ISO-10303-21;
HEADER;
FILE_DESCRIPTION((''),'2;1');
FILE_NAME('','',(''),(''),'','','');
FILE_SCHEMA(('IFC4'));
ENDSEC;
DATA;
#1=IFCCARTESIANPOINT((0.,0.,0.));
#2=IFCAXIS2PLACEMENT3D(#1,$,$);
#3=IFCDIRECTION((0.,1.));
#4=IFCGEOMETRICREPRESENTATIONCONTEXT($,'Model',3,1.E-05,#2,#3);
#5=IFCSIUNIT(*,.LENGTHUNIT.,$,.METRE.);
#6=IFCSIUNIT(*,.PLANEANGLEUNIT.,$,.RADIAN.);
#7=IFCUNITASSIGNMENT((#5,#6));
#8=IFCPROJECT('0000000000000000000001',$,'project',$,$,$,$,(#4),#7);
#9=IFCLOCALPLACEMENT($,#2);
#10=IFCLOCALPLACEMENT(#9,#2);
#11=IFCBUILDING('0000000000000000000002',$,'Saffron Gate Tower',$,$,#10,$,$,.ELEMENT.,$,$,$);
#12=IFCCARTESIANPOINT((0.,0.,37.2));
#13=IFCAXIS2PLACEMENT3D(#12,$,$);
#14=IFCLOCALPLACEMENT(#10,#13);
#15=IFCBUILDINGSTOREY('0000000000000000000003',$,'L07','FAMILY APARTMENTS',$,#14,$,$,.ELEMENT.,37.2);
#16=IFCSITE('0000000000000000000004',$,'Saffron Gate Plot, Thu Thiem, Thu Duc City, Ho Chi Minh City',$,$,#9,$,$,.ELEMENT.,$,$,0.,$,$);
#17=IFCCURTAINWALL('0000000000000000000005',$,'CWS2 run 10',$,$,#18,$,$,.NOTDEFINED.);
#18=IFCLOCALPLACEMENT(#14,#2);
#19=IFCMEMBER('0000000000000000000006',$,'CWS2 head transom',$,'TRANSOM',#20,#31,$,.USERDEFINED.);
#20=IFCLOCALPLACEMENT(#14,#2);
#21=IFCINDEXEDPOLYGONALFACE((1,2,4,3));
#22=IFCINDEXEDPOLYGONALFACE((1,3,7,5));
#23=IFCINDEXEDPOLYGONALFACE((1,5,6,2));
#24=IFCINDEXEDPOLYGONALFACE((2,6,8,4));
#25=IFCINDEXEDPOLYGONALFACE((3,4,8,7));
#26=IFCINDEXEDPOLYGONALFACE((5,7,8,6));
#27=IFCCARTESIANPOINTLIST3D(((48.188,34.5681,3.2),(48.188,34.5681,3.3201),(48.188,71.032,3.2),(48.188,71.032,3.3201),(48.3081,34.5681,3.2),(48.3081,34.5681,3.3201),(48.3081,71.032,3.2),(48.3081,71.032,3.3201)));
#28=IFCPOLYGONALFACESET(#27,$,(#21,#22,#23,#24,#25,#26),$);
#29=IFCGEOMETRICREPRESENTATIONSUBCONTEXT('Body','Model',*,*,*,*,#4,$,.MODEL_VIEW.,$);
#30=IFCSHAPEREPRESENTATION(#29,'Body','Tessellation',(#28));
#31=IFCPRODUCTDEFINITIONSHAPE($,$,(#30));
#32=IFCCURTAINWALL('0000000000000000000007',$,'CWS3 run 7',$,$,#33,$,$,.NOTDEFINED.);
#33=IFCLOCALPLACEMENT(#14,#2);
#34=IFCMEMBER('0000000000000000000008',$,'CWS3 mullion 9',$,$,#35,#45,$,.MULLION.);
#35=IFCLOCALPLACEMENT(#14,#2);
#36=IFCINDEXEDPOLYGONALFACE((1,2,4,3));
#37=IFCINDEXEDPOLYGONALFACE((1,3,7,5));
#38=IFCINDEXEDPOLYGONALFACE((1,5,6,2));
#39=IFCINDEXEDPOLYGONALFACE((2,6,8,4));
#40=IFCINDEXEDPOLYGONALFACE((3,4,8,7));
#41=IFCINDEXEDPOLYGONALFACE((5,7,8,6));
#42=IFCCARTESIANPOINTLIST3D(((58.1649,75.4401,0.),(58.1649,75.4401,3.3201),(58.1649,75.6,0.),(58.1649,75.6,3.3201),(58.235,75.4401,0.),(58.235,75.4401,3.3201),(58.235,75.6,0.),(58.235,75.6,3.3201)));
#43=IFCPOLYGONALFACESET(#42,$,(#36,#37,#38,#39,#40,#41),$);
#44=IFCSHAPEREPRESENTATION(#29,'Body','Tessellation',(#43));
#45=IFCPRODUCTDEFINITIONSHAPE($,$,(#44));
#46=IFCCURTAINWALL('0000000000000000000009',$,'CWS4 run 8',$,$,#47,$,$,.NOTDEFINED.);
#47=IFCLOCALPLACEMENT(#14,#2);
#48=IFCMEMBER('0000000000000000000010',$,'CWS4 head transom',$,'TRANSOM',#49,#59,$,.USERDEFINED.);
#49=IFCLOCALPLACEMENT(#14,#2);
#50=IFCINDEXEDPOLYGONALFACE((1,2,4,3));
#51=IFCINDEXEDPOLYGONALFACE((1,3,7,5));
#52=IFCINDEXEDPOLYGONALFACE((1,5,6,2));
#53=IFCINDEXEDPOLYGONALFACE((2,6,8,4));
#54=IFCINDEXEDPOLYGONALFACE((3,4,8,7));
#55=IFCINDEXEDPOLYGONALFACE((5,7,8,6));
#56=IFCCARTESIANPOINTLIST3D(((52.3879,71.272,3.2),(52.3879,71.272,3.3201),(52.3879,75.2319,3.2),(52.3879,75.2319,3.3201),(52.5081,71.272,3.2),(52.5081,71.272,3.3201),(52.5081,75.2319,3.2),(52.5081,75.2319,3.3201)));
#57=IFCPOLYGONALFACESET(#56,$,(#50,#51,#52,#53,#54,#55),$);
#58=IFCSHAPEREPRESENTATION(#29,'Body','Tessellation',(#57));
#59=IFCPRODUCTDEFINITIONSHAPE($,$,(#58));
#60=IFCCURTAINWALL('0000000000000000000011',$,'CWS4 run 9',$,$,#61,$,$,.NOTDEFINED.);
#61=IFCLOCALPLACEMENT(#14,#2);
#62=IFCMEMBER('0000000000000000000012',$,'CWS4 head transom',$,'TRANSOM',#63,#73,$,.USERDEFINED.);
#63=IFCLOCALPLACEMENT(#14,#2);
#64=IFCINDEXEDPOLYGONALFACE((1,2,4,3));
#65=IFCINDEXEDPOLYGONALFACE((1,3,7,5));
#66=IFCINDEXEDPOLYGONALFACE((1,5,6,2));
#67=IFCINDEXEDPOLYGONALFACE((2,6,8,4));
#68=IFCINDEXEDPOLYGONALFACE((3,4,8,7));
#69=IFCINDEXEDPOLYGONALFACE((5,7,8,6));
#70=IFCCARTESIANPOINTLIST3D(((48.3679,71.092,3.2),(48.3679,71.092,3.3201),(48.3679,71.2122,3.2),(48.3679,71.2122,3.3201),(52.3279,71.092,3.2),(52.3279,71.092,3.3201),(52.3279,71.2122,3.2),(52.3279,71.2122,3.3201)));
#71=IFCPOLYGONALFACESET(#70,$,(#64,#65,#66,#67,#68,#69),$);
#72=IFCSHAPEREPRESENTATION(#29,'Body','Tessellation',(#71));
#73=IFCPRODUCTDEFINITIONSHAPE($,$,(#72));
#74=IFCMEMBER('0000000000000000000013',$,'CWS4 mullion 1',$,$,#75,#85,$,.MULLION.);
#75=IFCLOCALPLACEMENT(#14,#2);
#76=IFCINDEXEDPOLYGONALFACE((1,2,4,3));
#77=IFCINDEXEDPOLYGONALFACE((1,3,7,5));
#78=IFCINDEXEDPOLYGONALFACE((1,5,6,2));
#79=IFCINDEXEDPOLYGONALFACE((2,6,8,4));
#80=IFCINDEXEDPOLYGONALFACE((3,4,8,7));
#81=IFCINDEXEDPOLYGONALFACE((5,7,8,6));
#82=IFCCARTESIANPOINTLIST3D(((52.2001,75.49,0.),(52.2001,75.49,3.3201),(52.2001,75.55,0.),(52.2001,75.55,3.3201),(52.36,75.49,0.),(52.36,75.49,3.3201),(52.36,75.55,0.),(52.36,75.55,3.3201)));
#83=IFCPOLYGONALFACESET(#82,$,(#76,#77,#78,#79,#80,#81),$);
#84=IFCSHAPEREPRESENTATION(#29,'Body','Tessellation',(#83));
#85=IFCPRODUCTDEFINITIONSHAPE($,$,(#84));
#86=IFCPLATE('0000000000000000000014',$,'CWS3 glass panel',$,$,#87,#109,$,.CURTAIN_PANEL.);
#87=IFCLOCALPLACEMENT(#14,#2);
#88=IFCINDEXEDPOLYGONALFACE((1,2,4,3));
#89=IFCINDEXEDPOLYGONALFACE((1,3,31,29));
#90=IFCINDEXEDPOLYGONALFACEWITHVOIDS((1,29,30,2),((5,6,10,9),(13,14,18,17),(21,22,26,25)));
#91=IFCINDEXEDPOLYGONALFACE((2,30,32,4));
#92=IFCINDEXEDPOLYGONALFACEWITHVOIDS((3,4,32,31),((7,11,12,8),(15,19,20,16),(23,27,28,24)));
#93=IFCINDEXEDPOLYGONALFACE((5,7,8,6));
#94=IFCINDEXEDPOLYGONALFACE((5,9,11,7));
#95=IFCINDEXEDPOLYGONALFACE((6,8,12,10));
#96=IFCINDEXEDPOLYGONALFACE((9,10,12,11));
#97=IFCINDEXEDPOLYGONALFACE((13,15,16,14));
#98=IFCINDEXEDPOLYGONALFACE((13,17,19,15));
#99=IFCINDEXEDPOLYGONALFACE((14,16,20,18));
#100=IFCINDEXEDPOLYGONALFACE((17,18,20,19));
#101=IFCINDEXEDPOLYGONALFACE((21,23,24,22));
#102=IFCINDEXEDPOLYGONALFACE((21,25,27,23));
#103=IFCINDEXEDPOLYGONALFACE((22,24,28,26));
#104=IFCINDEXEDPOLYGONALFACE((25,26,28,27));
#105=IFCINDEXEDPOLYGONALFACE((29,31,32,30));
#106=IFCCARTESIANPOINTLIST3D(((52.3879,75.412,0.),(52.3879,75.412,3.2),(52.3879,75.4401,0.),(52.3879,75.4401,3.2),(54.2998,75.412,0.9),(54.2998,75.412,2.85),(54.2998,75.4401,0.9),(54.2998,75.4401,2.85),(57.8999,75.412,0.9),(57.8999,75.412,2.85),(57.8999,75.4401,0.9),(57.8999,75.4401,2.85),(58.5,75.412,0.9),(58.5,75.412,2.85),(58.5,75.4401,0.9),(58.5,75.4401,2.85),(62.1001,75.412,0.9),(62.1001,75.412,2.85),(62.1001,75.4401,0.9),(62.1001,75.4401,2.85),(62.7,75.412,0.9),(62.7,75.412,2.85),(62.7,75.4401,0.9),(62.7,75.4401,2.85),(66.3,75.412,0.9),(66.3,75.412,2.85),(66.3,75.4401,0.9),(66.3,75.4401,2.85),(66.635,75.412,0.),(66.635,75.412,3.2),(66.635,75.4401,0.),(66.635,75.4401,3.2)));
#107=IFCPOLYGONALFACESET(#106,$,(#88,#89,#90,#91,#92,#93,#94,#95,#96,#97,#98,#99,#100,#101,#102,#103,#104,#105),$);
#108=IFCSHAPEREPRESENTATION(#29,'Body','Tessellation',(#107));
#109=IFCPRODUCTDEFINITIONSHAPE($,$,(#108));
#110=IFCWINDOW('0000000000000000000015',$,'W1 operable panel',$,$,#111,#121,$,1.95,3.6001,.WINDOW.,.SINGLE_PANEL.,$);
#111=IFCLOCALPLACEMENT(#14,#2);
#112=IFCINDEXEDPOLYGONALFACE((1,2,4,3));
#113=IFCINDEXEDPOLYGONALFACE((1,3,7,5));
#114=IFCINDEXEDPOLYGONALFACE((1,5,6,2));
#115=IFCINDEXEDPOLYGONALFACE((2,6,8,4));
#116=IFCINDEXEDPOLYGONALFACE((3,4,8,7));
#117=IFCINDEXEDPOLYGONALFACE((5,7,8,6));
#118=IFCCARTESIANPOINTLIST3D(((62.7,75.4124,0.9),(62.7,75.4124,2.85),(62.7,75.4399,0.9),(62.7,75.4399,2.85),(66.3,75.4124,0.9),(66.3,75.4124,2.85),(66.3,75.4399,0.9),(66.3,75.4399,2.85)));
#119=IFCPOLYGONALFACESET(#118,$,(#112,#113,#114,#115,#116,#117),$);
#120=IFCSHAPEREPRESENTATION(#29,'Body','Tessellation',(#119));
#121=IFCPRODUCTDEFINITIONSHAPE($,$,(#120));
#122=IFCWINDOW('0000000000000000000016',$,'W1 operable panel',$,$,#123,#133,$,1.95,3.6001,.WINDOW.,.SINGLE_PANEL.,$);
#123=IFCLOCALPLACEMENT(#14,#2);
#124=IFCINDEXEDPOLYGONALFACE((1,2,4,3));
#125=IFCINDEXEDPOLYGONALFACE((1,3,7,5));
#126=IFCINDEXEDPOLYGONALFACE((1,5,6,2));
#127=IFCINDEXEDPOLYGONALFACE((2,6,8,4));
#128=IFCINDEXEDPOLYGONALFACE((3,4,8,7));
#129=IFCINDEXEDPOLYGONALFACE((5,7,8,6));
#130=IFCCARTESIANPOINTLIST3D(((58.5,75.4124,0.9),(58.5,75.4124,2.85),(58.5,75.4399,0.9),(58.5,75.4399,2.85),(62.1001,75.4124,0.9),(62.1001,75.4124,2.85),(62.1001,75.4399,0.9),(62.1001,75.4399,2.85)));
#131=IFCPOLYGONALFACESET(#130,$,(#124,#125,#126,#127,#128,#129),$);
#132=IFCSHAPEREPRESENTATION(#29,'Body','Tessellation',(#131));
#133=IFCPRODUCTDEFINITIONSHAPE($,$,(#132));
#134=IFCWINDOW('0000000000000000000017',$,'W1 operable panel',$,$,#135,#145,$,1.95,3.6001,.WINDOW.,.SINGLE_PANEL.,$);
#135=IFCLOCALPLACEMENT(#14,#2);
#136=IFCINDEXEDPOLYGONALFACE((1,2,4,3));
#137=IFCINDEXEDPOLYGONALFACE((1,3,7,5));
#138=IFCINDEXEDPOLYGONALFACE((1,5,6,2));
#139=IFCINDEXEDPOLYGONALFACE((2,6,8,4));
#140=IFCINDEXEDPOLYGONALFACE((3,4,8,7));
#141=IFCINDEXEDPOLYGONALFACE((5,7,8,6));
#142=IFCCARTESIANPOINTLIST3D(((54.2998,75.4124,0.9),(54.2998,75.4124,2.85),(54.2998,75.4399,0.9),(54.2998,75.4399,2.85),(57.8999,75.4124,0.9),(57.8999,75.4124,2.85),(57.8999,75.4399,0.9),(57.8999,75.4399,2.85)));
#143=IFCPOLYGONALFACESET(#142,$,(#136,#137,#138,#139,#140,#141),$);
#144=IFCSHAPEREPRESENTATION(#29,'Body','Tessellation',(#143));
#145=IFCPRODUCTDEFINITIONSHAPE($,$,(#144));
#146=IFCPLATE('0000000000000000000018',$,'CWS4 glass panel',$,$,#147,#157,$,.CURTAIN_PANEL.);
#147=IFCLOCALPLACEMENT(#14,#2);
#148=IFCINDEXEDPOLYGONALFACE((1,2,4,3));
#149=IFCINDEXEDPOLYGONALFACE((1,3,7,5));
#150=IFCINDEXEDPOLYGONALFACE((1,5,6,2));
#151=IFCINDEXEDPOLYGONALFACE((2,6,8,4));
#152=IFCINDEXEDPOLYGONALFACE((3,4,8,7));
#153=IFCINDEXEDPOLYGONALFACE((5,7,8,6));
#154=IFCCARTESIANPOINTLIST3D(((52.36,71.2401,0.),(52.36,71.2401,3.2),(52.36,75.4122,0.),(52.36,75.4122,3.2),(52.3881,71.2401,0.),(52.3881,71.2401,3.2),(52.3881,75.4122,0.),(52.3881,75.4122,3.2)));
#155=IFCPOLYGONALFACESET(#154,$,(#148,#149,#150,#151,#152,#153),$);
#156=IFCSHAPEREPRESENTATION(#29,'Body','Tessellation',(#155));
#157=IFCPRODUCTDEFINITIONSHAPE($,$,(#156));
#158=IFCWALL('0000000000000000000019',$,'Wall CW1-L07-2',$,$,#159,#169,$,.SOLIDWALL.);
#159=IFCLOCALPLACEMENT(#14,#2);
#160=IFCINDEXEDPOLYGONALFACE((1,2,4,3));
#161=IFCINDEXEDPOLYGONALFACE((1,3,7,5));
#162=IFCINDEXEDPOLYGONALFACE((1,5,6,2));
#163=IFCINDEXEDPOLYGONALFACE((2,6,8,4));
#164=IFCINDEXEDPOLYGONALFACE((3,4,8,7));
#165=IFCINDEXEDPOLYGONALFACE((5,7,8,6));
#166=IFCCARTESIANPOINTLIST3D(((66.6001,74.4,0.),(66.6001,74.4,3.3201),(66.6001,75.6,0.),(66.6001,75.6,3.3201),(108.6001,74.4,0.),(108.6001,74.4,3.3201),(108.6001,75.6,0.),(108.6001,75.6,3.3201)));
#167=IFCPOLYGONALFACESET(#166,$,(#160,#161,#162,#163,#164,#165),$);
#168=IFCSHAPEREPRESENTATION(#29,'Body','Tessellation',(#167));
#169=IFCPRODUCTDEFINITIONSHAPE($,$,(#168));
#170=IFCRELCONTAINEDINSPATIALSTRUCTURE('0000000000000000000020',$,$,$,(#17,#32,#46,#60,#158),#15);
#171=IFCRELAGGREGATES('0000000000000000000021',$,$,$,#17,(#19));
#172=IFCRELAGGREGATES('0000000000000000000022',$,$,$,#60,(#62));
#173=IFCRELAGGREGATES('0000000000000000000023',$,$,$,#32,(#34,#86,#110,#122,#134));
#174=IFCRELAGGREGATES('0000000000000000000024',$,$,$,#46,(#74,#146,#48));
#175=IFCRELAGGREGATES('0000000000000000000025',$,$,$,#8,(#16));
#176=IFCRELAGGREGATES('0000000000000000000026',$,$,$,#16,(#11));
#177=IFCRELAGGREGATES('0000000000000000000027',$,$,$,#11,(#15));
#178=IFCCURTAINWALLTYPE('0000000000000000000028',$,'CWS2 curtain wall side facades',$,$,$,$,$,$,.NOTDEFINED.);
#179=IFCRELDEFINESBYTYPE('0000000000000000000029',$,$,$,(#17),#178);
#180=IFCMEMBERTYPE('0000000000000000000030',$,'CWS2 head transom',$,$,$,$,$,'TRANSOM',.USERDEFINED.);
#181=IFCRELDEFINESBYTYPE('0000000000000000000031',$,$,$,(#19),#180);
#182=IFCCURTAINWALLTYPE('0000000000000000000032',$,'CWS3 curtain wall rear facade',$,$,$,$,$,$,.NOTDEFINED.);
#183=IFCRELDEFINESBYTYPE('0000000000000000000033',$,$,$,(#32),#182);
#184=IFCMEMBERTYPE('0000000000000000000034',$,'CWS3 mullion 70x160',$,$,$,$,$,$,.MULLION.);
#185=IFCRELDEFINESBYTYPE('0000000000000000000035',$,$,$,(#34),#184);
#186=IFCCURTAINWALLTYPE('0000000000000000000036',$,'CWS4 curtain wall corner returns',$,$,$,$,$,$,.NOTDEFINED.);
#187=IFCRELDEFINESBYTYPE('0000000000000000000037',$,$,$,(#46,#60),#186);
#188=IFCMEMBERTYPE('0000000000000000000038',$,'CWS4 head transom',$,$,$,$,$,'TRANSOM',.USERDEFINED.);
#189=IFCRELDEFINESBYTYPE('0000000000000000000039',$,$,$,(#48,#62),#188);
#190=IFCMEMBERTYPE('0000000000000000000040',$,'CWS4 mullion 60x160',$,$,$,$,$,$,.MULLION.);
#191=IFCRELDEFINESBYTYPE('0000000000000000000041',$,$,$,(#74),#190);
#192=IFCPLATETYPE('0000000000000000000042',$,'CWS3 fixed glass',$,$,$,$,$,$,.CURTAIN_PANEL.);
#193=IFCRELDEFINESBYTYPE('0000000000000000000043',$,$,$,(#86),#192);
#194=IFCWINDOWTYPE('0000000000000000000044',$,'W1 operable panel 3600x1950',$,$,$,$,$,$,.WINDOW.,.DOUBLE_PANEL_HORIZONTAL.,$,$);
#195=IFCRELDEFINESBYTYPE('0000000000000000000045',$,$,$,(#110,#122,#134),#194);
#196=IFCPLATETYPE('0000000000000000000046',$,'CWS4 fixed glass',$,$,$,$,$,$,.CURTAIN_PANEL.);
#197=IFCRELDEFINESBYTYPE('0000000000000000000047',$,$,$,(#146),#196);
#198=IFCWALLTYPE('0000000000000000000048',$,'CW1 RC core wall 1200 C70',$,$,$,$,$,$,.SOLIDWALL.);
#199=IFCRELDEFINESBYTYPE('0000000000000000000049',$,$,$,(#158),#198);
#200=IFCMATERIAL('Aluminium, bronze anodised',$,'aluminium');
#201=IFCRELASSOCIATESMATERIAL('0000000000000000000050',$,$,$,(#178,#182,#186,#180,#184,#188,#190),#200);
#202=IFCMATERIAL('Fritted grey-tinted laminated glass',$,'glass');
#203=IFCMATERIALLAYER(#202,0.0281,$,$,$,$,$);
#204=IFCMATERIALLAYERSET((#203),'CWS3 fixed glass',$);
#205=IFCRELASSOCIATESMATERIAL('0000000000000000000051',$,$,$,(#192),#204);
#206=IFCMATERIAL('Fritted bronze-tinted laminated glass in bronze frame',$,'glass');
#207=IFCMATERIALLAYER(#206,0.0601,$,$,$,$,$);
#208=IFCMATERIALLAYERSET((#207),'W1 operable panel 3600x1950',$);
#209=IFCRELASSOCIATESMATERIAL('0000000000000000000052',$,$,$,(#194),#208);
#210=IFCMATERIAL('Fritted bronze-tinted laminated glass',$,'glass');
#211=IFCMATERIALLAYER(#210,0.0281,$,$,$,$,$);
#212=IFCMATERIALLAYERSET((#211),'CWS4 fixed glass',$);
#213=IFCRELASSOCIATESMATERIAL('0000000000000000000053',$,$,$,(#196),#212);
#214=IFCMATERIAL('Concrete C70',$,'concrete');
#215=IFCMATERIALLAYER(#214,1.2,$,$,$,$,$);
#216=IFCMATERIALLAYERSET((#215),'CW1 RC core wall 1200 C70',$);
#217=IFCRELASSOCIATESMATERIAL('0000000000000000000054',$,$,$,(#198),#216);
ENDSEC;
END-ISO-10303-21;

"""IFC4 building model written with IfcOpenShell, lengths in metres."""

from ifc_helpers import new_model, si_unit, direction, frame, frame_2d, origin, origin_2d, place, context, subcontext, project, spatial, rectangle, extrude, material, layer, layer_set, material_profile, profile_set, type_object, element, fill, aggregate, save


model = new_model("IFC4")

# Units and contexts
model_context = context("Model", 3, precision=1e-05, world=origin(), true_north=direction((0.0, 1.0)))
body_context = subcontext(model_context, "Body", "Model", "MODEL_VIEW")
ifc_project = project(units=[si_unit("LENGTHUNIT", "METRE"), si_unit("PLANEANGLEUNIT", "RADIAN")], contexts=[model_context])

# Site, building, storey
site_placement = place(None, origin())
site = spatial("IfcSite", under=ifc_project, at=site_placement, Name="Saffron Gate Plot, Thu Thiem, Thu Duc City, Ho Chi Minh City", CompositionType="ELEMENT", RefElevation=0.0)
building_placement = place(site_placement, origin())
building = spatial("IfcBuilding", under=site, at=building_placement, Name="Saffron Gate Tower", CompositionType="ELEMENT")
storey_placement = place(building_placement, frame((0.0, 0.0, 37.2)))
storey = spatial("IfcBuildingStorey", under=building, at=storey_placement, Name="L07", Description="FAMILY APARTMENTS", CompositionType="ELEMENT", Elevation=37.2)

# Curtain walls, members
ifc_material_1 = material(Name="Aluminium, bronze anodised", Category="aluminium")
curtain_wall_type_1 = type_object("IfcCurtainWallType", Name="CWS2 curtain wall side facades", PredefinedType="NOTDEFINED", material=ifc_material_1)
curtain_wall_1_placement = place(storey_placement, origin())
curtain_wall_1 = element("IfcCurtainWall", 1, at=curtain_wall_1_placement, inside=storey, type_object=curtain_wall_type_1, Name="CWS2 run 10", PredefinedType="NOTDEFINED")
ifc_material_profile_1 = material_profile(ifc_material_1, rectangle(XDim=0.1201, YDim=0.1201, at=origin_2d()))
ifc_profile_set_1 = profile_set([ifc_material_profile_1], Name="Aluminium, bronze anodised")
member_type_1 = type_object("IfcMemberType", Name="CWS2 head transom", ElementType="TRANSOM", PredefinedType="USERDEFINED", material=ifc_profile_set_1)
member_1_placement = place(storey_placement, frame((48.248, 71.032, 3.26), z_axis=(0.0, -1.0, 0.0), x_axis=(1.0, 0.0, 0.0)))
member_1 = element("IfcMember", 2, at=member_1_placement, type_object=member_type_1, Name="CWS2 head transom", ObjectType="TRANSOM", PredefinedType="USERDEFINED", context=body_context, shape_type="SweptSolid", body=[
    extrude(rectangle(XDim=0.1201, YDim=0.1201, at=origin_2d()), origin(), (0.0, 0.0, 1.0), 36.4639),
])
aggregate(curtain_wall_1, [member_1])
curtain_wall_type_2 = type_object("IfcCurtainWallType", Name="CWS3 curtain wall rear facade", PredefinedType="NOTDEFINED", material=ifc_material_1)
curtain_wall_2_placement = place(storey_placement, origin())
curtain_wall_2 = element("IfcCurtainWall", 3, at=curtain_wall_2_placement, inside=storey, type_object=curtain_wall_type_2, Name="CWS3 run 7", PredefinedType="NOTDEFINED")
ifc_material_profile_2 = material_profile(ifc_material_1, rectangle(XDim=0.1599, YDim=0.0701, at=origin_2d()))
ifc_profile_set_2 = profile_set([ifc_material_profile_2], Name="Aluminium, bronze anodised")
member_type_2 = type_object("IfcMemberType", Name="CWS3 mullion 70x160", PredefinedType="MULLION", material=ifc_profile_set_2)
member_2_placement = place(storey_placement, frame((58.2, 75.52, 0.0), z_axis=(0.0, 0.0, 1.0), x_axis=(0.0, -1.0, 0.0)))
member_2 = element("IfcMember", 4, at=member_2_placement, type_object=member_type_2, Name="CWS3 mullion 9", PredefinedType="MULLION", context=body_context, shape_type="SweptSolid", body=[
    extrude(rectangle(XDim=0.1599, YDim=0.0701, at=origin_2d()), origin(), (0.0, 0.0, 1.0), 3.3201),
])
curtain_wall_type_3 = type_object("IfcCurtainWallType", Name="CWS4 curtain wall corner returns", PredefinedType="NOTDEFINED", material=ifc_material_1)
curtain_wall_3_placement = place(storey_placement, origin())
curtain_wall_3 = element("IfcCurtainWall", 5, at=curtain_wall_3_placement, inside=storey, type_object=curtain_wall_type_3, Name="CWS4 run 8", PredefinedType="NOTDEFINED")
ifc_material_profile_3 = material_profile(ifc_material_1, rectangle(XDim=0.1201, YDim=0.1201, at=origin_2d()))
ifc_profile_set_3 = profile_set([ifc_material_profile_3], Name="Aluminium, bronze anodised")
member_type_3 = type_object("IfcMemberType", Name="CWS4 head transom", ElementType="TRANSOM", PredefinedType="USERDEFINED", material=ifc_profile_set_3)
member_3_placement = place(storey_placement, frame((52.448, 75.2319, 3.26), z_axis=(0.0, -1.0, 0.0), x_axis=(1.0, 0.0, 0.0)))
member_3 = element("IfcMember", 6, at=member_3_placement, type_object=member_type_3, Name="CWS4 head transom", ObjectType="TRANSOM", PredefinedType="USERDEFINED", context=body_context, shape_type="SweptSolid", body=[
    extrude(rectangle(XDim=0.1201, YDim=0.1201, at=origin_2d()), origin(), (0.0, 0.0, 1.0), 3.96),
])
curtain_wall_4_placement = place(storey_placement, origin())
curtain_wall_4 = element("IfcCurtainWall", 7, at=curtain_wall_4_placement, inside=storey, type_object=curtain_wall_type_3, Name="CWS4 run 9", PredefinedType="NOTDEFINED")
member_4_placement = place(storey_placement, frame((52.3279, 71.1521, 3.26), z_axis=(-1.0, 0.0, 0.0), x_axis=(0.0, -1.0, 0.0)))
member_4 = element("IfcMember", 8, at=member_4_placement, type_object=member_type_3, Name="CWS4 head transom", ObjectType="TRANSOM", PredefinedType="USERDEFINED", context=body_context, shape_type="SweptSolid", body=[
    extrude(rectangle(XDim=0.1201, YDim=0.1201, at=origin_2d()), origin(), (0.0, 0.0, 1.0), 3.96),
])
aggregate(curtain_wall_4, [member_4])

# Member
ifc_material_profile_4 = material_profile(ifc_material_1, rectangle(XDim=0.1599, YDim=0.0601, at=origin_2d()))
ifc_profile_set_4 = profile_set([ifc_material_profile_4], Name="Aluminium, bronze anodised")
member_type_4 = type_object("IfcMemberType", Name="CWS4 mullion 60x160", PredefinedType="MULLION", material=ifc_profile_set_4)
member_5_placement = place(storey_placement, frame((52.28, 75.52, 0.0), z_axis=(0.0, 0.0, 1.0), x_axis=(1.0, 0.0, 0.0)))
member_5 = element("IfcMember", 9, at=member_5_placement, type_object=member_type_4, Name="CWS4 mullion 1", PredefinedType="MULLION", context=body_context, shape_type="SweptSolid", body=[
    extrude(rectangle(XDim=0.1599, YDim=0.0601, at=origin_2d()), origin(), (0.0, 0.0, 1.0), 3.3201),
])

# Plate, openings, windows
ifc_material_2 = material(Name="Fritted grey-tinted laminated glass", Category="glass")
ifc_layer_1 = layer(ifc_material_2, 0.0281)
ifc_layer_set_1 = layer_set([ifc_layer_1], Name="CWS3 fixed glass")
plate_type_1 = type_object("IfcPlateType", Name="CWS3 fixed glass", PredefinedType="CURTAIN_PANEL", material=ifc_layer_set_1)
plate_1_placement = place(storey_placement, frame((66.635, 75.426, 0.0), z_axis=(0.0, 0.0, 1.0), x_axis=(-1.0, 0.0, 0.0)))
plate_1 = element("IfcPlate", 10, at=plate_1_placement, type_object=plate_type_1, Name="CWS3 glass panel", PredefinedType="CURTAIN_PANEL", context=body_context, shape_type="SweptSolid", body=[
    extrude(rectangle(XDim=14.2471, YDim=0.0281, at=frame_2d((7.1235, 0.0))), origin(), (0.0, 0.0, 1.0), 3.2),
])
opening_1_placement = place(plate_1_placement, frame((0.335, 0.0, 0.8999)))
opening_1 = element("IfcOpeningElement", 11, at=opening_1_placement, cuts=plate_1, PredefinedType="OPENING", context=body_context, shape_type="SweptSolid", body=[
    extrude(rectangle(XDim=3.6001, YDim=1.95, at=frame_2d((1.8, 0.9751))), frame((0.0, 0.0239, 0.0), z_axis=(0.0, -1.0, 0.0), x_axis=(1.0, 0.0, 0.0)), (0.0, 0.0, 1.0), 0.0481),
])
opening_2_placement = place(plate_1_placement, frame((4.5349, 0.0, 0.8999)))
opening_2 = element("IfcOpeningElement", 12, at=opening_2_placement, cuts=plate_1, PredefinedType="OPENING", context=body_context, shape_type="SweptSolid", body=[
    extrude(rectangle(XDim=3.6001, YDim=1.95, at=frame_2d((1.8, 0.9751))), frame((0.0, 0.0239, 0.0), z_axis=(0.0, -1.0, 0.0), x_axis=(1.0, 0.0, 0.0)), (0.0, 0.0, 1.0), 0.0481),
])
opening_3_placement = place(plate_1_placement, frame((8.7351, 0.0, 0.8999)))
opening_3 = element("IfcOpeningElement", 13, at=opening_3_placement, cuts=plate_1, PredefinedType="OPENING", context=body_context, shape_type="SweptSolid", body=[
    extrude(rectangle(XDim=3.6001, YDim=1.95, at=frame_2d((1.8, 0.9751))), frame((0.0, 0.0239, 0.0), z_axis=(0.0, -1.0, 0.0), x_axis=(1.0, 0.0, 0.0)), (0.0, 0.0, 1.0), 0.0481),
])
ifc_material_3 = material(Name="Fritted bronze-tinted laminated glass in bronze frame", Category="glass")
ifc_layer_2 = layer(ifc_material_3, 0.0601)
ifc_layer_set_2 = layer_set([ifc_layer_2], Name="W1 operable panel 3600x1950")
window_type = type_object("IfcWindowType", Name="W1 operable panel 3600x1950", PartitioningType="DOUBLE_PANEL_HORIZONTAL", PredefinedType="WINDOW", material=ifc_layer_set_2)
window_1_placement = place(opening_1_placement, origin())
window_1 = element("IfcWindow", 14, at=window_1_placement, type_object=window_type, Name="W1 operable panel", OverallHeight=1.95, OverallWidth=3.6001, PartitioningType="SINGLE_PANEL", PredefinedType="WINDOW", context=body_context, shape_type="SweptSolid", body=[
    extrude(rectangle(XDim=3.6001, YDim=1.95, at=frame_2d((1.8, 0.9751))), frame((0.0, 0.0137, 0.0), z_axis=(0.0, -1.0, 0.0), x_axis=(1.0, 0.0, 0.0)), (0.0, 0.0, 1.0), 0.0276),
])
fill(opening_1, window_1)
window_2_placement = place(opening_2_placement, origin())
window_2 = element("IfcWindow", 15, at=window_2_placement, type_object=window_type, Name="W1 operable panel", OverallHeight=1.95, OverallWidth=3.6001, PartitioningType="SINGLE_PANEL", PredefinedType="WINDOW", context=body_context, shape_type="SweptSolid", body=[
    extrude(rectangle(XDim=3.6001, YDim=1.95, at=frame_2d((1.8, 0.9751))), frame((0.0, 0.0137, 0.0), z_axis=(0.0, -1.0, 0.0), x_axis=(1.0, 0.0, 0.0)), (0.0, 0.0, 1.0), 0.0276),
])
fill(opening_2, window_2)
window_3_placement = place(opening_3_placement, origin())
window_3 = element("IfcWindow", 16, at=window_3_placement, type_object=window_type, Name="W1 operable panel", OverallHeight=1.95, OverallWidth=3.6001, PartitioningType="SINGLE_PANEL", PredefinedType="WINDOW", context=body_context, shape_type="SweptSolid", body=[
    extrude(rectangle(XDim=3.6001, YDim=1.95, at=frame_2d((1.8, 0.9751))), frame((0.0, 0.0137, 0.0), z_axis=(0.0, -1.0, 0.0), x_axis=(1.0, 0.0, 0.0)), (0.0, 0.0, 1.0), 0.0276),
])
fill(opening_3, window_3)
aggregate(curtain_wall_2, [member_2, plate_1, window_1, window_2, window_3])

# Plate
ifc_material_4 = material(Name="Fritted bronze-tinted laminated glass", Category="glass")
ifc_layer_3 = layer(ifc_material_4, 0.0281)
ifc_layer_set_3 = layer_set([ifc_layer_3], Name="CWS4 fixed glass")
plate_type_2 = type_object("IfcPlateType", Name="CWS4 fixed glass", PredefinedType="CURTAIN_PANEL", material=ifc_layer_set_3)
plate_2_placement = place(storey_placement, frame((52.374, 75.4121, 0.0), z_axis=(0.0, 0.0, 1.0), x_axis=(0.0, -1.0, 0.0)))
plate_2 = element("IfcPlate", 17, at=plate_2_placement, type_object=plate_type_2, Name="CWS4 glass panel", PredefinedType="CURTAIN_PANEL", context=body_context, shape_type="SweptSolid", body=[
    extrude(rectangle(XDim=4.1721, YDim=0.0281, at=frame_2d((2.0859, 0.0))), origin(), (0.0, 0.0, 1.0), 3.2),
])
aggregate(curtain_wall_3, [member_5, plate_2, member_3])

# Wall
ifc_material_5 = material(Name="Concrete C70", Category="concrete")
ifc_layer_4 = layer(ifc_material_5, 1.2)
ifc_layer_set_4 = layer_set([ifc_layer_4], Name="CW1 RC core wall 1200 C70")
wall_type_1 = type_object("IfcWallType", Name="CW1 RC core wall 1200 C70", PredefinedType="SOLIDWALL", material=ifc_layer_set_4)
wall_1_placement = place(storey_placement, frame((66.6001, 75.0, 0.0), z_axis=(0.0, 0.0, 1.0), x_axis=(1.0, 0.0, 0.0)))
element("IfcWall", 18, at=wall_1_placement, inside=storey, type_object=wall_type_1, Name="Wall CW1-L07-2", PredefinedType="SOLIDWALL", context=body_context, shape_type="SweptSolid", body=[
    extrude(rectangle(XDim=42.0, YDim=1.2, at=frame_2d((21.0, 0.0))), origin(), (0.0, 0.0, 1.0), 3.3201),
])

save(model, "model.ifc")
